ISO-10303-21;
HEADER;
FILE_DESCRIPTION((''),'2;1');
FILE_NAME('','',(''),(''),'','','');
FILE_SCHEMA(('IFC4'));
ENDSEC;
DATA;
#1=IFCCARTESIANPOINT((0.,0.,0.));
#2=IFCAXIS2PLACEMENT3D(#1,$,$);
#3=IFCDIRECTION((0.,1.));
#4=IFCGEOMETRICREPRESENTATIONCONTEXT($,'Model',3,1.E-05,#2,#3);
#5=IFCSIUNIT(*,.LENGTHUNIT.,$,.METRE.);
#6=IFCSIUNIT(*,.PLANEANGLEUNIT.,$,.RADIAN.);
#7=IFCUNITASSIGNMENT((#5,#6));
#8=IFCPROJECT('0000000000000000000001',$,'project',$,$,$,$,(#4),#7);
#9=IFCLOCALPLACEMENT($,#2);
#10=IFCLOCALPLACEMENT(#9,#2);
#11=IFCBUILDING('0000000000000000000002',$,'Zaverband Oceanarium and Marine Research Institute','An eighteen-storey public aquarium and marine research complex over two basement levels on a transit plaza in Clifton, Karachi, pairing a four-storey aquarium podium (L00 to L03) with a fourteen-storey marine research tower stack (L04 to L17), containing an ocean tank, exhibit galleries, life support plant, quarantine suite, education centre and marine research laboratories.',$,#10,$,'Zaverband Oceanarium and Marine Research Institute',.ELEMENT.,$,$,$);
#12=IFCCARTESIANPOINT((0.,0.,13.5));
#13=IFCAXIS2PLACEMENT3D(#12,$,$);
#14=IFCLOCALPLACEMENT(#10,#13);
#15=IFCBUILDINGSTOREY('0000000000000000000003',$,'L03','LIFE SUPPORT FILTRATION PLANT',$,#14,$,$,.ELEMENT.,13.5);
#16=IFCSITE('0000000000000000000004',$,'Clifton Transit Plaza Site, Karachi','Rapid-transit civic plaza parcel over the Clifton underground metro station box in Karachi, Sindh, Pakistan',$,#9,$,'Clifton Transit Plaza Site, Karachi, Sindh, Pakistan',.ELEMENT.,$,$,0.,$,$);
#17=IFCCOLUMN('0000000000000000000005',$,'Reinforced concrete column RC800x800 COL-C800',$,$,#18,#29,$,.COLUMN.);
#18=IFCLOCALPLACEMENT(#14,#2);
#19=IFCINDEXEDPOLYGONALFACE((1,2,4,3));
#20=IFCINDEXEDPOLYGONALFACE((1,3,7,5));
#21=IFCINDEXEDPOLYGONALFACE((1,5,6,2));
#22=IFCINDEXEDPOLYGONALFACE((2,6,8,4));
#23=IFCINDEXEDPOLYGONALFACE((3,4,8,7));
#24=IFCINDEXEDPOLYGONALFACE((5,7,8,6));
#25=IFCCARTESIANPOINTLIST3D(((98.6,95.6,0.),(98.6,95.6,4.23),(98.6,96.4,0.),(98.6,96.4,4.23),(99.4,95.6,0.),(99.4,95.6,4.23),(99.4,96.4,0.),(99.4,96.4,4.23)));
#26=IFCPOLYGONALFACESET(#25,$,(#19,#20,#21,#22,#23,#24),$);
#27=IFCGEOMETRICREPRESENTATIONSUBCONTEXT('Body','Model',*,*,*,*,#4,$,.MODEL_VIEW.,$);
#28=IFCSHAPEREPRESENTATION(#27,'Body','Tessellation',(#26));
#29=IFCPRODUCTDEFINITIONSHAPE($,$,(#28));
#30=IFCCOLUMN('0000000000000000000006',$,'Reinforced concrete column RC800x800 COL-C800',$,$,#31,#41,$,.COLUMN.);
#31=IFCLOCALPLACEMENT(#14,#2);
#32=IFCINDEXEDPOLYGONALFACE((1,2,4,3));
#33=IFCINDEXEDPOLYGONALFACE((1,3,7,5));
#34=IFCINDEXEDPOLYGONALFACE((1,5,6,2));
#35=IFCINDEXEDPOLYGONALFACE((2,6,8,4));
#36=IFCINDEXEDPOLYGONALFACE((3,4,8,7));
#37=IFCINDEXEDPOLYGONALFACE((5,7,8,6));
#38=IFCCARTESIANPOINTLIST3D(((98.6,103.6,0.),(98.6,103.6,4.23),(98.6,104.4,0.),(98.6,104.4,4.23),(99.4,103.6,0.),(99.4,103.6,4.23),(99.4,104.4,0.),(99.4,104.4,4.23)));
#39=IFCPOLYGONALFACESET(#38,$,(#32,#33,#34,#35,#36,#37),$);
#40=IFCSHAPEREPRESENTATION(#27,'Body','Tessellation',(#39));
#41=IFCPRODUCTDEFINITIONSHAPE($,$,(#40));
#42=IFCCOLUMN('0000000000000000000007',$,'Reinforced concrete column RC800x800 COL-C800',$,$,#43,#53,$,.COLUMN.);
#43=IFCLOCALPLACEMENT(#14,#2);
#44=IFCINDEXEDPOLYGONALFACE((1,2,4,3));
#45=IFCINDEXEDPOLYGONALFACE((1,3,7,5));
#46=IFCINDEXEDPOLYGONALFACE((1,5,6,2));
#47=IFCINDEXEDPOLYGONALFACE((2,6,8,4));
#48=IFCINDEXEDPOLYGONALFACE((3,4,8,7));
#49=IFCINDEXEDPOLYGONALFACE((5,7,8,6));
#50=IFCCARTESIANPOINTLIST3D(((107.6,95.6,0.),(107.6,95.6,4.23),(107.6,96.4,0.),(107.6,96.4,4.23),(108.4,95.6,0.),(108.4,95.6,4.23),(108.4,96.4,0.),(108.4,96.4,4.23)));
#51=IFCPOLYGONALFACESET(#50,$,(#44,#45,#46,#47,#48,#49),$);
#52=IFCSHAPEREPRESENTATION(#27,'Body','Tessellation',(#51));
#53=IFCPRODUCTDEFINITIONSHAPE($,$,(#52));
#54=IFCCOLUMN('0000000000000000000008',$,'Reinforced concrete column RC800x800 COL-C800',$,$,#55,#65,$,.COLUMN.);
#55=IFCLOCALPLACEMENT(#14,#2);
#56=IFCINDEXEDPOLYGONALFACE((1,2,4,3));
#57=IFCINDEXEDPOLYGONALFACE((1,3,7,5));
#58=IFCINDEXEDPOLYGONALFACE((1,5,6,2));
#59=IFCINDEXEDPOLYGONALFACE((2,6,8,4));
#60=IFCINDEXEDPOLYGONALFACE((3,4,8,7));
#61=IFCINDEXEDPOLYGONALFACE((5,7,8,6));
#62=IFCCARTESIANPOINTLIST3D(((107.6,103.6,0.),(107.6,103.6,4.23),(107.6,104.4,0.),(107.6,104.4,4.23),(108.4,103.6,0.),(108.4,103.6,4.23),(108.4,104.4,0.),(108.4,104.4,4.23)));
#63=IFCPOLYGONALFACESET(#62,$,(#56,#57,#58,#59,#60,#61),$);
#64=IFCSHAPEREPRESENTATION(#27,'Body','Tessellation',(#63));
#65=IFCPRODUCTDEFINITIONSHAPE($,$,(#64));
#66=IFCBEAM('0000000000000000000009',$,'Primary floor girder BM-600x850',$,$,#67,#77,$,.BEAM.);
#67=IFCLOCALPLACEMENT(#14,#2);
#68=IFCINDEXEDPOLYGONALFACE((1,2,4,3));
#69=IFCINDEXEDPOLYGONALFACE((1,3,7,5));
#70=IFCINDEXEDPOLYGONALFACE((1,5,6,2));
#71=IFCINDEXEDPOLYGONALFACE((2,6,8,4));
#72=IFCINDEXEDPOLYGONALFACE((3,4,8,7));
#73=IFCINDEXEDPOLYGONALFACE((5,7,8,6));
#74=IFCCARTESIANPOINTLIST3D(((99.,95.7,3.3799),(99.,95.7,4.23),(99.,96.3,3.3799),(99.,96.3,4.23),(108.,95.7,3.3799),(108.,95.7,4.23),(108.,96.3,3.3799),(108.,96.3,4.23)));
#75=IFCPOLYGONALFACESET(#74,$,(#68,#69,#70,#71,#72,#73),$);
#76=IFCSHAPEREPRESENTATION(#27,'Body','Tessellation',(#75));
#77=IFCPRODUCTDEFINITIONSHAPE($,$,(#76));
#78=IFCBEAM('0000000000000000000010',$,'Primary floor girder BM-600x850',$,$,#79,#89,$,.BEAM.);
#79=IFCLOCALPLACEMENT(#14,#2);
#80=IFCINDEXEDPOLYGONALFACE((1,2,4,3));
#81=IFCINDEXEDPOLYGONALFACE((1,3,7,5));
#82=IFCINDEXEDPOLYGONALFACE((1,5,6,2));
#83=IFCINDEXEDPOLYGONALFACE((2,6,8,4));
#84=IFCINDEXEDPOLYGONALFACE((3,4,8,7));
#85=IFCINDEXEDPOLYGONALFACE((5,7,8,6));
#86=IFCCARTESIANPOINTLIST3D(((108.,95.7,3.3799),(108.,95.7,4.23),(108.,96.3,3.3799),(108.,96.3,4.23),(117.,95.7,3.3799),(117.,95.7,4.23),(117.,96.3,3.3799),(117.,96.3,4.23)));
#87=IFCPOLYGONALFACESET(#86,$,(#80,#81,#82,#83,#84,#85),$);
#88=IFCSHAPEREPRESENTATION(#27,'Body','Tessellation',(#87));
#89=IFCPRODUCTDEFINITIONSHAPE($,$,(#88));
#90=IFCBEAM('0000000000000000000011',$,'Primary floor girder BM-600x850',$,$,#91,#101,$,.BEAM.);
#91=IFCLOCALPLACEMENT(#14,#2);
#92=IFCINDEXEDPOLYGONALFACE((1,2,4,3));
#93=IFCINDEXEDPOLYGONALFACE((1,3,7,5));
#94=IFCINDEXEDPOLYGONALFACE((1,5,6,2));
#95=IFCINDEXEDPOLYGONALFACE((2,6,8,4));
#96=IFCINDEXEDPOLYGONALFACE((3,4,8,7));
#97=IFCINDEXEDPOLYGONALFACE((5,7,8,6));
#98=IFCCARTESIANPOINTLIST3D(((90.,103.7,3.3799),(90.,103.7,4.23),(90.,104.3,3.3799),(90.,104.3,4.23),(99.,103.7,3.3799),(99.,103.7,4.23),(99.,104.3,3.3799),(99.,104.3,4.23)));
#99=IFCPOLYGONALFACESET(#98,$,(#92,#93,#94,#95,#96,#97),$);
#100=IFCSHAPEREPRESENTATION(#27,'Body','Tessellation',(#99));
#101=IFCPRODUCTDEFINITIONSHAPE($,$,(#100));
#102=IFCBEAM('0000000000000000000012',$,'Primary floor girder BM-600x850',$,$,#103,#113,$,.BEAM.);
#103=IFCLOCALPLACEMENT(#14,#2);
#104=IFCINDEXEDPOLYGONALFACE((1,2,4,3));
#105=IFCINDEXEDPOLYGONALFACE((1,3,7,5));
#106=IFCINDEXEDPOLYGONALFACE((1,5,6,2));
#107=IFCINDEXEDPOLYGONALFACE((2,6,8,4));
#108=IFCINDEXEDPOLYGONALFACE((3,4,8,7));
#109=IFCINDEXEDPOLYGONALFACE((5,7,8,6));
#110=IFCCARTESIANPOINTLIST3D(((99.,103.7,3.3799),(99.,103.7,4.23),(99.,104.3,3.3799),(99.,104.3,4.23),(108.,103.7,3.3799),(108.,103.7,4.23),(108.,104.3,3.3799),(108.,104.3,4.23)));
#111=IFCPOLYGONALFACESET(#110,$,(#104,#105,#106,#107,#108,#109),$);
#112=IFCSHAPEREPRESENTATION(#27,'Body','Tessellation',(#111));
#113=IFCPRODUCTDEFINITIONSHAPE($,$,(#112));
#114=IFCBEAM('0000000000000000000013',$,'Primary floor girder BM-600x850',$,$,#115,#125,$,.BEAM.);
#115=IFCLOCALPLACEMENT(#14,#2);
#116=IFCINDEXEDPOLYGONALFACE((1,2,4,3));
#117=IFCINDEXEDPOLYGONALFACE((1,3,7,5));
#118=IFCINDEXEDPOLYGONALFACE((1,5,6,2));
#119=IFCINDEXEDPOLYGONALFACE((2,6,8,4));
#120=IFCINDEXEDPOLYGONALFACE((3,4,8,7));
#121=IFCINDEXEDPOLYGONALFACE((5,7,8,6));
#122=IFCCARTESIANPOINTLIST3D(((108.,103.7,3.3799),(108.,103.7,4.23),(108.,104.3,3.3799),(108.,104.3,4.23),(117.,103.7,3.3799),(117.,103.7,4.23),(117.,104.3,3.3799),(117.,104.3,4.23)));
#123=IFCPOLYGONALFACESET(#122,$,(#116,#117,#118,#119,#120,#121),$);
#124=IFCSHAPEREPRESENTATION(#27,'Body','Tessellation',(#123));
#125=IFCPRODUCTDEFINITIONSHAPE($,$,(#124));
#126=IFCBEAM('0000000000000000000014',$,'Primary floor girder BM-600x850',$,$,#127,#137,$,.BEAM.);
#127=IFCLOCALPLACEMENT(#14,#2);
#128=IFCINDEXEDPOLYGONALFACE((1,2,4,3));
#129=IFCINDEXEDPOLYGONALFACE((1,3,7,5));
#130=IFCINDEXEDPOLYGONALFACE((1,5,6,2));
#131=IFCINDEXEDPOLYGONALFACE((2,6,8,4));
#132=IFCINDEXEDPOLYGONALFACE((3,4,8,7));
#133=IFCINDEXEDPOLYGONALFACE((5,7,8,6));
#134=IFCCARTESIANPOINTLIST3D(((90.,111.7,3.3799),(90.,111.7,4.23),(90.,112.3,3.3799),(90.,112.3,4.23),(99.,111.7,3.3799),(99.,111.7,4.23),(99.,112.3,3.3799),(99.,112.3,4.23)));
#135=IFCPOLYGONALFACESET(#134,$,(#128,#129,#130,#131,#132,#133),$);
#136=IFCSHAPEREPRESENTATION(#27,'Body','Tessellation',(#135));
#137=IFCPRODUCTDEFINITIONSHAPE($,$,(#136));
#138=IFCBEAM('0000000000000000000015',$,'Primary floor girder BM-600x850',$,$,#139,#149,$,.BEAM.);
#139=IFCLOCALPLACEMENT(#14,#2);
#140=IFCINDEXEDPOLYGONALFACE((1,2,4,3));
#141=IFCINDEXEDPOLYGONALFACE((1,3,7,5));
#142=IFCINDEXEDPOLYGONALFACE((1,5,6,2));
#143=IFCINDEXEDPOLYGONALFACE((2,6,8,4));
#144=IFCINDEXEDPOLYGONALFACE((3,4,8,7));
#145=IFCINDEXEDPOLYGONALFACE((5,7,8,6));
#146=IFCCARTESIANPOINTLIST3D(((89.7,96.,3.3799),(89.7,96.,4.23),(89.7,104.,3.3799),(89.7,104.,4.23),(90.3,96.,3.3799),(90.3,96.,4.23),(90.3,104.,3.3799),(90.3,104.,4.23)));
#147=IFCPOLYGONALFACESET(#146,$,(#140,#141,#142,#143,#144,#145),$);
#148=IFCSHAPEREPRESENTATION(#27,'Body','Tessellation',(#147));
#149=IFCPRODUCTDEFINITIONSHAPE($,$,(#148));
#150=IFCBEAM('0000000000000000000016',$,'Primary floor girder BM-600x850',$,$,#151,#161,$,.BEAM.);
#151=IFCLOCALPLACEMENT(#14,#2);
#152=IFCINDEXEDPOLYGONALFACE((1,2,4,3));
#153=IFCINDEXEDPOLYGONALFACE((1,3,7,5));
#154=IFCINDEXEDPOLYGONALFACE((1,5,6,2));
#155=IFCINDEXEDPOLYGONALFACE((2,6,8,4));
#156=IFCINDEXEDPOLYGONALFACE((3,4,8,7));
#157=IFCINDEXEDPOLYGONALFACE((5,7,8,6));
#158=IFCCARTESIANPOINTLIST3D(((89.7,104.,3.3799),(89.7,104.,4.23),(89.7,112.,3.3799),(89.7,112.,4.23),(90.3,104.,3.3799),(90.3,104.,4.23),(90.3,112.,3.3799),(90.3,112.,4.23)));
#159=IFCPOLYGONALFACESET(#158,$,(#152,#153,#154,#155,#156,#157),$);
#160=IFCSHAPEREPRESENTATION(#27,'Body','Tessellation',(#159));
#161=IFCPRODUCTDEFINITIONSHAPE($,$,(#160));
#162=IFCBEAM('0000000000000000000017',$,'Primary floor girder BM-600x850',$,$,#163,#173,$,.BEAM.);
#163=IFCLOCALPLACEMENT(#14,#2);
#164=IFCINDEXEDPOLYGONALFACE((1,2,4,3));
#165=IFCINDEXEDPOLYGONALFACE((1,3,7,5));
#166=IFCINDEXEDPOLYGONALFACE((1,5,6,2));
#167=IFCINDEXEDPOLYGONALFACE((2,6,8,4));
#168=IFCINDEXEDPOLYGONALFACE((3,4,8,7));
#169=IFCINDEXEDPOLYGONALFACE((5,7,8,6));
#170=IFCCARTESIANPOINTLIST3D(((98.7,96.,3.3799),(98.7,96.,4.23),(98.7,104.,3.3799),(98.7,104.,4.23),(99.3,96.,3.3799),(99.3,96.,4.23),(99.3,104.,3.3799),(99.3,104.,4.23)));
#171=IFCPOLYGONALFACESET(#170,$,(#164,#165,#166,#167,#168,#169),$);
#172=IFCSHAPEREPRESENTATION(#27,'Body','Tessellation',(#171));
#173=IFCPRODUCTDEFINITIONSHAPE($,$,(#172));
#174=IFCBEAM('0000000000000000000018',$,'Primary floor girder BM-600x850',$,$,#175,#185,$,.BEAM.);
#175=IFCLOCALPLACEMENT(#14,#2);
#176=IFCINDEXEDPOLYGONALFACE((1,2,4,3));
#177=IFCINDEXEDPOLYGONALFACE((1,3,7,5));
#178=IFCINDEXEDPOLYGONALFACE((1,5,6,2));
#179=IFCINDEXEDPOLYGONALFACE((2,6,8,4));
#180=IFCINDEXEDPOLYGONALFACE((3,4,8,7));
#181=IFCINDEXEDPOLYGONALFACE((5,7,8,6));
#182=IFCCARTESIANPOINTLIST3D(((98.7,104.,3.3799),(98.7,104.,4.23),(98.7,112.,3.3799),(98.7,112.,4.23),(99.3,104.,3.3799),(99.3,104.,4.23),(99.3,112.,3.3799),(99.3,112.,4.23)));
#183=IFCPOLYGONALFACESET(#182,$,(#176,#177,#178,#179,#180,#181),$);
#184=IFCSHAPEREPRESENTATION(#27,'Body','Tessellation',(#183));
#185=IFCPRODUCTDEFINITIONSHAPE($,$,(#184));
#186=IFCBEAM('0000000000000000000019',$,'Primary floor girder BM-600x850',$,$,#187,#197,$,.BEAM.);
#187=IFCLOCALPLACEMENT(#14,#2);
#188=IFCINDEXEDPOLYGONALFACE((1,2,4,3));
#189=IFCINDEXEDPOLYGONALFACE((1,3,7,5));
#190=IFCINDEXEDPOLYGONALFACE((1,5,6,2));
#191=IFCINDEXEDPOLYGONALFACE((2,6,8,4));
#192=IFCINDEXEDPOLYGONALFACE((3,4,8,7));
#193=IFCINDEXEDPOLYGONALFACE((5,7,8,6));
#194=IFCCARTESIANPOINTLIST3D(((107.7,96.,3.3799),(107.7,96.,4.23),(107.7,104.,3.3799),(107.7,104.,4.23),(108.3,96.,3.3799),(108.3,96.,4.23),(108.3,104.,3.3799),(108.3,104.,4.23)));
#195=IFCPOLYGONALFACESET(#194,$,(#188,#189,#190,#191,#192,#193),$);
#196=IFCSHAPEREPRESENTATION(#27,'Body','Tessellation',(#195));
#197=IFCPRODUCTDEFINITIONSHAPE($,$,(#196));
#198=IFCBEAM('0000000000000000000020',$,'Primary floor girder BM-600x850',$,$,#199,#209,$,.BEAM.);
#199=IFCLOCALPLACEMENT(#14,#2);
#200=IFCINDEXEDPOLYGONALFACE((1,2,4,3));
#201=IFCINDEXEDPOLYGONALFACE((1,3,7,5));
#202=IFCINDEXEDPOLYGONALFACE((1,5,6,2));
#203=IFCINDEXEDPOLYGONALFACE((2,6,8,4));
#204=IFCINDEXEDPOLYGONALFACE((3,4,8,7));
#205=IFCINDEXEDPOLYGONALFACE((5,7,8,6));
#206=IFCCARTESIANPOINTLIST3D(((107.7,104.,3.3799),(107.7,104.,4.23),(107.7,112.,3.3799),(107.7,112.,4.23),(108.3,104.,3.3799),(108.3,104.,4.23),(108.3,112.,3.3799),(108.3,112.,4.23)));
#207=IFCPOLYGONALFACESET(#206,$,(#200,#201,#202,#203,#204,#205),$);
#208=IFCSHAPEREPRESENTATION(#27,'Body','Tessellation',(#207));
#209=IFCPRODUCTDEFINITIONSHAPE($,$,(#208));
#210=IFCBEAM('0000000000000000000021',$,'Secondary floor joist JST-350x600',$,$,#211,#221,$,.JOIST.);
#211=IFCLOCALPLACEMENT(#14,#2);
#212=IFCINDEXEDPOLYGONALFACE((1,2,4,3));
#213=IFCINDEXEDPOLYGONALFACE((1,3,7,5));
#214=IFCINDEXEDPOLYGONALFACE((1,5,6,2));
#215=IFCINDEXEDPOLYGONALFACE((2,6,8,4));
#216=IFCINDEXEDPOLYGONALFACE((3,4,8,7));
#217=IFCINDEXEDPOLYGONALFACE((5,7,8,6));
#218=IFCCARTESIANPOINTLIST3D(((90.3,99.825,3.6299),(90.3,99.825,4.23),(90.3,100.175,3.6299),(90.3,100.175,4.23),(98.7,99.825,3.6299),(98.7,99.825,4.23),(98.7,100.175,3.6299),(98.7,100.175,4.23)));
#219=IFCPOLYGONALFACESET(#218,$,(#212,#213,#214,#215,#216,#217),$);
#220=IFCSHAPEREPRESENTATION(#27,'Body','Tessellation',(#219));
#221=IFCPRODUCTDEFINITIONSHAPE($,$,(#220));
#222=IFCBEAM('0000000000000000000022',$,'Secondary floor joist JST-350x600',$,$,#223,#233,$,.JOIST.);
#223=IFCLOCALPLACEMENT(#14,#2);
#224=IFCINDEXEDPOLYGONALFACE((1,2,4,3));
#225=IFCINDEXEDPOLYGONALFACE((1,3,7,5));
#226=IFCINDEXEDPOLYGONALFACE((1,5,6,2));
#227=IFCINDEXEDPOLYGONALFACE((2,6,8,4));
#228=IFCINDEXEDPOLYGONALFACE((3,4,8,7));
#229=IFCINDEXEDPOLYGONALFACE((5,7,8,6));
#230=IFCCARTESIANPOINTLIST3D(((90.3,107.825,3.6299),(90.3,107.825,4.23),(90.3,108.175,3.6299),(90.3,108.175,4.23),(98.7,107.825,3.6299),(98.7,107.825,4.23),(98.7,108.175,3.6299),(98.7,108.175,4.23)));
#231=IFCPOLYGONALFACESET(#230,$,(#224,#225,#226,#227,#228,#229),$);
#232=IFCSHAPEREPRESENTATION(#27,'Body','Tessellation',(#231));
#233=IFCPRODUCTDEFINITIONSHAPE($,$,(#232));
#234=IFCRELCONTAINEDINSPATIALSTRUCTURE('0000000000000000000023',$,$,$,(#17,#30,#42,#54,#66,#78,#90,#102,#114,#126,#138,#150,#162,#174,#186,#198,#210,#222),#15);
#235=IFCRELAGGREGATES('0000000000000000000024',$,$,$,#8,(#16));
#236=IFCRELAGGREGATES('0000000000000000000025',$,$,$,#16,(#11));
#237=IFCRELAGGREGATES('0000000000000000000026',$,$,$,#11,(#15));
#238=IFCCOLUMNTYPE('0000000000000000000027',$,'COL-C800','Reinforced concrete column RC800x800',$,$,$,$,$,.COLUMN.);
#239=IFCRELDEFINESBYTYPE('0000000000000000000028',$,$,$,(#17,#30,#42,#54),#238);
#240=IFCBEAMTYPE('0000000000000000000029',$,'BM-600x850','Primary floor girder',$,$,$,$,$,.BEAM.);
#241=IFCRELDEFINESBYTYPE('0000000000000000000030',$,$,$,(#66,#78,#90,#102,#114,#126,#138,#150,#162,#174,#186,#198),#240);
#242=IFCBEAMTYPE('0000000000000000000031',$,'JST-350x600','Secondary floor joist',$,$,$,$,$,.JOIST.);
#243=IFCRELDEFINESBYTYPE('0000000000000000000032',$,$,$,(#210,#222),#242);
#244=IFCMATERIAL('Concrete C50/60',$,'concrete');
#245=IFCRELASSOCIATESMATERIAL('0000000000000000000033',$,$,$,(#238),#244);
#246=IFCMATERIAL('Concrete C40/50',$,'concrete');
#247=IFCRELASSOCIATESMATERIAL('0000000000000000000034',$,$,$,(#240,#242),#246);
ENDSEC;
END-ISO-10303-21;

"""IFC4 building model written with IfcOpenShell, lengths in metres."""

from ifc_helpers import new_model, si_unit, direction, frame, origin, origin_2d, place, context, subcontext, project, spatial, rectangle, extrude, material, material_profile, profile_set, type_object, element, save


model = new_model("IFC4")

# Units and contexts
model_context = context("Model", 3, precision=1e-05, world=origin(), true_north=direction((0.0, 1.0)))
body_context = subcontext(model_context, "Body", "Model", "MODEL_VIEW")
ifc_project = project(units=[si_unit("LENGTHUNIT", "METRE"), si_unit("PLANEANGLEUNIT", "RADIAN")], contexts=[model_context])

# Site, building, storey
site_placement = place(None, origin())
site = spatial("IfcSite", under=ifc_project, at=site_placement, Name="Clifton Transit Plaza Site, Karachi", Description="Rapid-transit civic plaza parcel over the Clifton underground metro station box in Karachi, Sindh, Pakistan", LongName="Clifton Transit Plaza Site, Karachi, Sindh, Pakistan", CompositionType="ELEMENT", RefElevation=0.0)
building_placement = place(site_placement, origin())
building = spatial("IfcBuilding", under=site, at=building_placement, Name="Zaverband Oceanarium and Marine Research Institute", Description="An eighteen-storey public aquarium and marine research complex over two basement levels on a transit plaza in Clifton, Karachi, pairing a four-storey aquarium podium (L00 to L03) with a fourteen-storey marine research tower stack (L04 to L17), containing an ocean tank, exhibit galleries, life support plant, quarantine suite, education centre and marine research laboratories.", LongName="Zaverband Oceanarium and Marine Research Institute", CompositionType="ELEMENT")
storey_placement = place(building_placement, frame((0.0, 0.0, 13.5)))
storey = spatial("IfcBuildingStorey", under=building, at=storey_placement, Name="L03", Description="LIFE SUPPORT FILTRATION PLANT", CompositionType="ELEMENT", Elevation=13.5)

# Columns
ifc_material_1 = material(Name="Concrete C50/60", Category="concrete")
ifc_material_profile_1 = material_profile(ifc_material_1, rectangle(XDim=0.8, YDim=0.8, at=origin_2d()), Name="RC800x800")
ifc_profile_set_1 = profile_set([ifc_material_profile_1], Name="Concrete C50/60")
column_type = type_object("IfcColumnType", Name="COL-C800", Description="Reinforced concrete column RC800x800", PredefinedType="COLUMN", material=ifc_profile_set_1)
for number, where, z_axis, x_axis, name in (
    (1, (99.0, 96.0, 0.0), (0.0, 0.0, 1.0), (1.0, 0.0, 0.0), "Reinforced concrete column RC800x800 COL-C800"),
    (2, (99.0, 104.0, 0.0), (0.0, 0.0, 1.0), (1.0, 0.0, 0.0), "Reinforced concrete column RC800x800 COL-C800"),
    (3, (108.0, 96.0, 0.0), (0.0, 0.0, 1.0), (1.0, 0.0, 0.0), "Reinforced concrete column RC800x800 COL-C800"),
    (4, (108.0, 104.0, 0.0), (0.0, 0.0, 1.0), (1.0, 0.0, 0.0), "Reinforced concrete column RC800x800 COL-C800"),
):
    element("IfcColumn", number, at=place(storey_placement, frame(where, z_axis=z_axis, x_axis=x_axis)), inside=storey, type_object=column_type, Name=name, PredefinedType="COLUMN", context=body_context, shape_type="SweptSolid", body=[
        extrude(rectangle(XDim=0.8, YDim=0.8, at=origin_2d()), origin(), (0.0, 0.0, 1.0), 4.23),
    ])

# Beams
ifc_material_2 = material(Name="Concrete C40/50", Category="concrete")
ifc_material_profile_2 = material_profile(ifc_material_2, rectangle(XDim=0.6001, YDim=0.8501, at=origin_2d()), Name="RC600x850")
ifc_profile_set_2 = profile_set([ifc_material_profile_2], Name="Concrete C40/50")
beam_type_1 = type_object("IfcBeamType", Name="BM-600x850", Description="Primary floor girder", PredefinedType="BEAM", material=ifc_profile_set_2)
for number, where, z_axis, x_axis, name in (
    (5, (99.0, 96.0, 3.8049), (1.0, 0.0, 0.0), (0.0, 1.0, 0.0), "Primary floor girder BM-600x850"),
    (6, (108.0, 96.0, 3.8049), (1.0, 0.0, 0.0), (0.0, 1.0, 0.0), "Primary floor girder BM-600x850"),
    (7, (90.0, 104.0, 3.8049), (1.0, 0.0, 0.0), (0.0, 1.0, 0.0), "Primary floor girder BM-600x850"),
    (8, (99.0, 104.0, 3.8049), (1.0, 0.0, 0.0), (0.0, 1.0, 0.0), "Primary floor girder BM-600x850"),
    (9, (108.0, 104.0, 3.8049), (1.0, 0.0, 0.0), (0.0, 1.0, 0.0), "Primary floor girder BM-600x850"),
    (10, (90.0, 112.0, 3.8049), (1.0, 0.0, 0.0), (0.0, 1.0, 0.0), "Primary floor girder BM-600x850"),
):
    element("IfcBeam", number, at=place(storey_placement, frame(where, z_axis=z_axis, x_axis=x_axis)), inside=storey, type_object=beam_type_1, Name=name, PredefinedType="BEAM", context=body_context, shape_type="SweptSolid", body=[
        extrude(rectangle(XDim=0.6001, YDim=0.8501, at=origin_2d()), origin(), (0.0, 0.0, 1.0), 9.0),
    ])
for number, where, z_axis, x_axis, name in (
    (11, (90.0, 96.0, 3.8049), (0.0, 1.0, 0.0), (-1.0, 0.0, 0.0), "Primary floor girder BM-600x850"),
    (12, (90.0, 104.0, 3.8049), (0.0, 1.0, 0.0), (-1.0, 0.0, 0.0), "Primary floor girder BM-600x850"),
    (13, (99.0, 96.0, 3.8049), (0.0, 1.0, 0.0), (-1.0, 0.0, 0.0), "Primary floor girder BM-600x850"),
    (14, (99.0, 104.0, 3.8049), (0.0, 1.0, 0.0), (-1.0, 0.0, 0.0), "Primary floor girder BM-600x850"),
    (15, (108.0, 96.0, 3.8049), (0.0, 1.0, 0.0), (-1.0, 0.0, 0.0), "Primary floor girder BM-600x850"),
    (16, (108.0, 104.0, 3.8049), (0.0, 1.0, 0.0), (-1.0, 0.0, 0.0), "Primary floor girder BM-600x850"),
):
    element("IfcBeam", number, at=place(storey_placement, frame(where, z_axis=z_axis, x_axis=x_axis)), inside=storey, type_object=beam_type_1, Name=name, PredefinedType="BEAM", context=body_context, shape_type="SweptSolid", body=[
        extrude(rectangle(XDim=0.6001, YDim=0.8501, at=origin_2d()), origin(), (0.0, 0.0, 1.0), 8.0),
    ])
ifc_material_profile_3 = material_profile(ifc_material_2, rectangle(XDim=0.3501, YDim=0.6001, at=origin_2d()), Name="RC350x600")
ifc_profile_set_3 = profile_set([ifc_material_profile_3], Name="Concrete C40/50")
beam_type_2 = type_object("IfcBeamType", Name="JST-350x600", Description="Secondary floor joist", PredefinedType="JOIST", material=ifc_profile_set_3)
for number, where, z_axis, x_axis, name in (
    (17, (90.3, 100.0, 3.9299), (1.0, 0.0, 0.0), (0.0, 1.0, 0.0), "Secondary floor joist JST-350x600"),
    (18, (90.3, 108.0, 3.9299), (1.0, 0.0, 0.0), (0.0, 1.0, 0.0), "Secondary floor joist JST-350x600"),
):
    element("IfcBeam", number, at=place(storey_placement, frame(where, z_axis=z_axis, x_axis=x_axis)), inside=storey, type_object=beam_type_2, Name=name, PredefinedType="JOIST", context=body_context, shape_type="SweptSolid", body=[
        extrude(rectangle(XDim=0.3501, YDim=0.6001, at=origin_2d()), origin(), (0.0, 0.0, 1.0), 8.3999),
    ])

save(model, "model.ifc")
